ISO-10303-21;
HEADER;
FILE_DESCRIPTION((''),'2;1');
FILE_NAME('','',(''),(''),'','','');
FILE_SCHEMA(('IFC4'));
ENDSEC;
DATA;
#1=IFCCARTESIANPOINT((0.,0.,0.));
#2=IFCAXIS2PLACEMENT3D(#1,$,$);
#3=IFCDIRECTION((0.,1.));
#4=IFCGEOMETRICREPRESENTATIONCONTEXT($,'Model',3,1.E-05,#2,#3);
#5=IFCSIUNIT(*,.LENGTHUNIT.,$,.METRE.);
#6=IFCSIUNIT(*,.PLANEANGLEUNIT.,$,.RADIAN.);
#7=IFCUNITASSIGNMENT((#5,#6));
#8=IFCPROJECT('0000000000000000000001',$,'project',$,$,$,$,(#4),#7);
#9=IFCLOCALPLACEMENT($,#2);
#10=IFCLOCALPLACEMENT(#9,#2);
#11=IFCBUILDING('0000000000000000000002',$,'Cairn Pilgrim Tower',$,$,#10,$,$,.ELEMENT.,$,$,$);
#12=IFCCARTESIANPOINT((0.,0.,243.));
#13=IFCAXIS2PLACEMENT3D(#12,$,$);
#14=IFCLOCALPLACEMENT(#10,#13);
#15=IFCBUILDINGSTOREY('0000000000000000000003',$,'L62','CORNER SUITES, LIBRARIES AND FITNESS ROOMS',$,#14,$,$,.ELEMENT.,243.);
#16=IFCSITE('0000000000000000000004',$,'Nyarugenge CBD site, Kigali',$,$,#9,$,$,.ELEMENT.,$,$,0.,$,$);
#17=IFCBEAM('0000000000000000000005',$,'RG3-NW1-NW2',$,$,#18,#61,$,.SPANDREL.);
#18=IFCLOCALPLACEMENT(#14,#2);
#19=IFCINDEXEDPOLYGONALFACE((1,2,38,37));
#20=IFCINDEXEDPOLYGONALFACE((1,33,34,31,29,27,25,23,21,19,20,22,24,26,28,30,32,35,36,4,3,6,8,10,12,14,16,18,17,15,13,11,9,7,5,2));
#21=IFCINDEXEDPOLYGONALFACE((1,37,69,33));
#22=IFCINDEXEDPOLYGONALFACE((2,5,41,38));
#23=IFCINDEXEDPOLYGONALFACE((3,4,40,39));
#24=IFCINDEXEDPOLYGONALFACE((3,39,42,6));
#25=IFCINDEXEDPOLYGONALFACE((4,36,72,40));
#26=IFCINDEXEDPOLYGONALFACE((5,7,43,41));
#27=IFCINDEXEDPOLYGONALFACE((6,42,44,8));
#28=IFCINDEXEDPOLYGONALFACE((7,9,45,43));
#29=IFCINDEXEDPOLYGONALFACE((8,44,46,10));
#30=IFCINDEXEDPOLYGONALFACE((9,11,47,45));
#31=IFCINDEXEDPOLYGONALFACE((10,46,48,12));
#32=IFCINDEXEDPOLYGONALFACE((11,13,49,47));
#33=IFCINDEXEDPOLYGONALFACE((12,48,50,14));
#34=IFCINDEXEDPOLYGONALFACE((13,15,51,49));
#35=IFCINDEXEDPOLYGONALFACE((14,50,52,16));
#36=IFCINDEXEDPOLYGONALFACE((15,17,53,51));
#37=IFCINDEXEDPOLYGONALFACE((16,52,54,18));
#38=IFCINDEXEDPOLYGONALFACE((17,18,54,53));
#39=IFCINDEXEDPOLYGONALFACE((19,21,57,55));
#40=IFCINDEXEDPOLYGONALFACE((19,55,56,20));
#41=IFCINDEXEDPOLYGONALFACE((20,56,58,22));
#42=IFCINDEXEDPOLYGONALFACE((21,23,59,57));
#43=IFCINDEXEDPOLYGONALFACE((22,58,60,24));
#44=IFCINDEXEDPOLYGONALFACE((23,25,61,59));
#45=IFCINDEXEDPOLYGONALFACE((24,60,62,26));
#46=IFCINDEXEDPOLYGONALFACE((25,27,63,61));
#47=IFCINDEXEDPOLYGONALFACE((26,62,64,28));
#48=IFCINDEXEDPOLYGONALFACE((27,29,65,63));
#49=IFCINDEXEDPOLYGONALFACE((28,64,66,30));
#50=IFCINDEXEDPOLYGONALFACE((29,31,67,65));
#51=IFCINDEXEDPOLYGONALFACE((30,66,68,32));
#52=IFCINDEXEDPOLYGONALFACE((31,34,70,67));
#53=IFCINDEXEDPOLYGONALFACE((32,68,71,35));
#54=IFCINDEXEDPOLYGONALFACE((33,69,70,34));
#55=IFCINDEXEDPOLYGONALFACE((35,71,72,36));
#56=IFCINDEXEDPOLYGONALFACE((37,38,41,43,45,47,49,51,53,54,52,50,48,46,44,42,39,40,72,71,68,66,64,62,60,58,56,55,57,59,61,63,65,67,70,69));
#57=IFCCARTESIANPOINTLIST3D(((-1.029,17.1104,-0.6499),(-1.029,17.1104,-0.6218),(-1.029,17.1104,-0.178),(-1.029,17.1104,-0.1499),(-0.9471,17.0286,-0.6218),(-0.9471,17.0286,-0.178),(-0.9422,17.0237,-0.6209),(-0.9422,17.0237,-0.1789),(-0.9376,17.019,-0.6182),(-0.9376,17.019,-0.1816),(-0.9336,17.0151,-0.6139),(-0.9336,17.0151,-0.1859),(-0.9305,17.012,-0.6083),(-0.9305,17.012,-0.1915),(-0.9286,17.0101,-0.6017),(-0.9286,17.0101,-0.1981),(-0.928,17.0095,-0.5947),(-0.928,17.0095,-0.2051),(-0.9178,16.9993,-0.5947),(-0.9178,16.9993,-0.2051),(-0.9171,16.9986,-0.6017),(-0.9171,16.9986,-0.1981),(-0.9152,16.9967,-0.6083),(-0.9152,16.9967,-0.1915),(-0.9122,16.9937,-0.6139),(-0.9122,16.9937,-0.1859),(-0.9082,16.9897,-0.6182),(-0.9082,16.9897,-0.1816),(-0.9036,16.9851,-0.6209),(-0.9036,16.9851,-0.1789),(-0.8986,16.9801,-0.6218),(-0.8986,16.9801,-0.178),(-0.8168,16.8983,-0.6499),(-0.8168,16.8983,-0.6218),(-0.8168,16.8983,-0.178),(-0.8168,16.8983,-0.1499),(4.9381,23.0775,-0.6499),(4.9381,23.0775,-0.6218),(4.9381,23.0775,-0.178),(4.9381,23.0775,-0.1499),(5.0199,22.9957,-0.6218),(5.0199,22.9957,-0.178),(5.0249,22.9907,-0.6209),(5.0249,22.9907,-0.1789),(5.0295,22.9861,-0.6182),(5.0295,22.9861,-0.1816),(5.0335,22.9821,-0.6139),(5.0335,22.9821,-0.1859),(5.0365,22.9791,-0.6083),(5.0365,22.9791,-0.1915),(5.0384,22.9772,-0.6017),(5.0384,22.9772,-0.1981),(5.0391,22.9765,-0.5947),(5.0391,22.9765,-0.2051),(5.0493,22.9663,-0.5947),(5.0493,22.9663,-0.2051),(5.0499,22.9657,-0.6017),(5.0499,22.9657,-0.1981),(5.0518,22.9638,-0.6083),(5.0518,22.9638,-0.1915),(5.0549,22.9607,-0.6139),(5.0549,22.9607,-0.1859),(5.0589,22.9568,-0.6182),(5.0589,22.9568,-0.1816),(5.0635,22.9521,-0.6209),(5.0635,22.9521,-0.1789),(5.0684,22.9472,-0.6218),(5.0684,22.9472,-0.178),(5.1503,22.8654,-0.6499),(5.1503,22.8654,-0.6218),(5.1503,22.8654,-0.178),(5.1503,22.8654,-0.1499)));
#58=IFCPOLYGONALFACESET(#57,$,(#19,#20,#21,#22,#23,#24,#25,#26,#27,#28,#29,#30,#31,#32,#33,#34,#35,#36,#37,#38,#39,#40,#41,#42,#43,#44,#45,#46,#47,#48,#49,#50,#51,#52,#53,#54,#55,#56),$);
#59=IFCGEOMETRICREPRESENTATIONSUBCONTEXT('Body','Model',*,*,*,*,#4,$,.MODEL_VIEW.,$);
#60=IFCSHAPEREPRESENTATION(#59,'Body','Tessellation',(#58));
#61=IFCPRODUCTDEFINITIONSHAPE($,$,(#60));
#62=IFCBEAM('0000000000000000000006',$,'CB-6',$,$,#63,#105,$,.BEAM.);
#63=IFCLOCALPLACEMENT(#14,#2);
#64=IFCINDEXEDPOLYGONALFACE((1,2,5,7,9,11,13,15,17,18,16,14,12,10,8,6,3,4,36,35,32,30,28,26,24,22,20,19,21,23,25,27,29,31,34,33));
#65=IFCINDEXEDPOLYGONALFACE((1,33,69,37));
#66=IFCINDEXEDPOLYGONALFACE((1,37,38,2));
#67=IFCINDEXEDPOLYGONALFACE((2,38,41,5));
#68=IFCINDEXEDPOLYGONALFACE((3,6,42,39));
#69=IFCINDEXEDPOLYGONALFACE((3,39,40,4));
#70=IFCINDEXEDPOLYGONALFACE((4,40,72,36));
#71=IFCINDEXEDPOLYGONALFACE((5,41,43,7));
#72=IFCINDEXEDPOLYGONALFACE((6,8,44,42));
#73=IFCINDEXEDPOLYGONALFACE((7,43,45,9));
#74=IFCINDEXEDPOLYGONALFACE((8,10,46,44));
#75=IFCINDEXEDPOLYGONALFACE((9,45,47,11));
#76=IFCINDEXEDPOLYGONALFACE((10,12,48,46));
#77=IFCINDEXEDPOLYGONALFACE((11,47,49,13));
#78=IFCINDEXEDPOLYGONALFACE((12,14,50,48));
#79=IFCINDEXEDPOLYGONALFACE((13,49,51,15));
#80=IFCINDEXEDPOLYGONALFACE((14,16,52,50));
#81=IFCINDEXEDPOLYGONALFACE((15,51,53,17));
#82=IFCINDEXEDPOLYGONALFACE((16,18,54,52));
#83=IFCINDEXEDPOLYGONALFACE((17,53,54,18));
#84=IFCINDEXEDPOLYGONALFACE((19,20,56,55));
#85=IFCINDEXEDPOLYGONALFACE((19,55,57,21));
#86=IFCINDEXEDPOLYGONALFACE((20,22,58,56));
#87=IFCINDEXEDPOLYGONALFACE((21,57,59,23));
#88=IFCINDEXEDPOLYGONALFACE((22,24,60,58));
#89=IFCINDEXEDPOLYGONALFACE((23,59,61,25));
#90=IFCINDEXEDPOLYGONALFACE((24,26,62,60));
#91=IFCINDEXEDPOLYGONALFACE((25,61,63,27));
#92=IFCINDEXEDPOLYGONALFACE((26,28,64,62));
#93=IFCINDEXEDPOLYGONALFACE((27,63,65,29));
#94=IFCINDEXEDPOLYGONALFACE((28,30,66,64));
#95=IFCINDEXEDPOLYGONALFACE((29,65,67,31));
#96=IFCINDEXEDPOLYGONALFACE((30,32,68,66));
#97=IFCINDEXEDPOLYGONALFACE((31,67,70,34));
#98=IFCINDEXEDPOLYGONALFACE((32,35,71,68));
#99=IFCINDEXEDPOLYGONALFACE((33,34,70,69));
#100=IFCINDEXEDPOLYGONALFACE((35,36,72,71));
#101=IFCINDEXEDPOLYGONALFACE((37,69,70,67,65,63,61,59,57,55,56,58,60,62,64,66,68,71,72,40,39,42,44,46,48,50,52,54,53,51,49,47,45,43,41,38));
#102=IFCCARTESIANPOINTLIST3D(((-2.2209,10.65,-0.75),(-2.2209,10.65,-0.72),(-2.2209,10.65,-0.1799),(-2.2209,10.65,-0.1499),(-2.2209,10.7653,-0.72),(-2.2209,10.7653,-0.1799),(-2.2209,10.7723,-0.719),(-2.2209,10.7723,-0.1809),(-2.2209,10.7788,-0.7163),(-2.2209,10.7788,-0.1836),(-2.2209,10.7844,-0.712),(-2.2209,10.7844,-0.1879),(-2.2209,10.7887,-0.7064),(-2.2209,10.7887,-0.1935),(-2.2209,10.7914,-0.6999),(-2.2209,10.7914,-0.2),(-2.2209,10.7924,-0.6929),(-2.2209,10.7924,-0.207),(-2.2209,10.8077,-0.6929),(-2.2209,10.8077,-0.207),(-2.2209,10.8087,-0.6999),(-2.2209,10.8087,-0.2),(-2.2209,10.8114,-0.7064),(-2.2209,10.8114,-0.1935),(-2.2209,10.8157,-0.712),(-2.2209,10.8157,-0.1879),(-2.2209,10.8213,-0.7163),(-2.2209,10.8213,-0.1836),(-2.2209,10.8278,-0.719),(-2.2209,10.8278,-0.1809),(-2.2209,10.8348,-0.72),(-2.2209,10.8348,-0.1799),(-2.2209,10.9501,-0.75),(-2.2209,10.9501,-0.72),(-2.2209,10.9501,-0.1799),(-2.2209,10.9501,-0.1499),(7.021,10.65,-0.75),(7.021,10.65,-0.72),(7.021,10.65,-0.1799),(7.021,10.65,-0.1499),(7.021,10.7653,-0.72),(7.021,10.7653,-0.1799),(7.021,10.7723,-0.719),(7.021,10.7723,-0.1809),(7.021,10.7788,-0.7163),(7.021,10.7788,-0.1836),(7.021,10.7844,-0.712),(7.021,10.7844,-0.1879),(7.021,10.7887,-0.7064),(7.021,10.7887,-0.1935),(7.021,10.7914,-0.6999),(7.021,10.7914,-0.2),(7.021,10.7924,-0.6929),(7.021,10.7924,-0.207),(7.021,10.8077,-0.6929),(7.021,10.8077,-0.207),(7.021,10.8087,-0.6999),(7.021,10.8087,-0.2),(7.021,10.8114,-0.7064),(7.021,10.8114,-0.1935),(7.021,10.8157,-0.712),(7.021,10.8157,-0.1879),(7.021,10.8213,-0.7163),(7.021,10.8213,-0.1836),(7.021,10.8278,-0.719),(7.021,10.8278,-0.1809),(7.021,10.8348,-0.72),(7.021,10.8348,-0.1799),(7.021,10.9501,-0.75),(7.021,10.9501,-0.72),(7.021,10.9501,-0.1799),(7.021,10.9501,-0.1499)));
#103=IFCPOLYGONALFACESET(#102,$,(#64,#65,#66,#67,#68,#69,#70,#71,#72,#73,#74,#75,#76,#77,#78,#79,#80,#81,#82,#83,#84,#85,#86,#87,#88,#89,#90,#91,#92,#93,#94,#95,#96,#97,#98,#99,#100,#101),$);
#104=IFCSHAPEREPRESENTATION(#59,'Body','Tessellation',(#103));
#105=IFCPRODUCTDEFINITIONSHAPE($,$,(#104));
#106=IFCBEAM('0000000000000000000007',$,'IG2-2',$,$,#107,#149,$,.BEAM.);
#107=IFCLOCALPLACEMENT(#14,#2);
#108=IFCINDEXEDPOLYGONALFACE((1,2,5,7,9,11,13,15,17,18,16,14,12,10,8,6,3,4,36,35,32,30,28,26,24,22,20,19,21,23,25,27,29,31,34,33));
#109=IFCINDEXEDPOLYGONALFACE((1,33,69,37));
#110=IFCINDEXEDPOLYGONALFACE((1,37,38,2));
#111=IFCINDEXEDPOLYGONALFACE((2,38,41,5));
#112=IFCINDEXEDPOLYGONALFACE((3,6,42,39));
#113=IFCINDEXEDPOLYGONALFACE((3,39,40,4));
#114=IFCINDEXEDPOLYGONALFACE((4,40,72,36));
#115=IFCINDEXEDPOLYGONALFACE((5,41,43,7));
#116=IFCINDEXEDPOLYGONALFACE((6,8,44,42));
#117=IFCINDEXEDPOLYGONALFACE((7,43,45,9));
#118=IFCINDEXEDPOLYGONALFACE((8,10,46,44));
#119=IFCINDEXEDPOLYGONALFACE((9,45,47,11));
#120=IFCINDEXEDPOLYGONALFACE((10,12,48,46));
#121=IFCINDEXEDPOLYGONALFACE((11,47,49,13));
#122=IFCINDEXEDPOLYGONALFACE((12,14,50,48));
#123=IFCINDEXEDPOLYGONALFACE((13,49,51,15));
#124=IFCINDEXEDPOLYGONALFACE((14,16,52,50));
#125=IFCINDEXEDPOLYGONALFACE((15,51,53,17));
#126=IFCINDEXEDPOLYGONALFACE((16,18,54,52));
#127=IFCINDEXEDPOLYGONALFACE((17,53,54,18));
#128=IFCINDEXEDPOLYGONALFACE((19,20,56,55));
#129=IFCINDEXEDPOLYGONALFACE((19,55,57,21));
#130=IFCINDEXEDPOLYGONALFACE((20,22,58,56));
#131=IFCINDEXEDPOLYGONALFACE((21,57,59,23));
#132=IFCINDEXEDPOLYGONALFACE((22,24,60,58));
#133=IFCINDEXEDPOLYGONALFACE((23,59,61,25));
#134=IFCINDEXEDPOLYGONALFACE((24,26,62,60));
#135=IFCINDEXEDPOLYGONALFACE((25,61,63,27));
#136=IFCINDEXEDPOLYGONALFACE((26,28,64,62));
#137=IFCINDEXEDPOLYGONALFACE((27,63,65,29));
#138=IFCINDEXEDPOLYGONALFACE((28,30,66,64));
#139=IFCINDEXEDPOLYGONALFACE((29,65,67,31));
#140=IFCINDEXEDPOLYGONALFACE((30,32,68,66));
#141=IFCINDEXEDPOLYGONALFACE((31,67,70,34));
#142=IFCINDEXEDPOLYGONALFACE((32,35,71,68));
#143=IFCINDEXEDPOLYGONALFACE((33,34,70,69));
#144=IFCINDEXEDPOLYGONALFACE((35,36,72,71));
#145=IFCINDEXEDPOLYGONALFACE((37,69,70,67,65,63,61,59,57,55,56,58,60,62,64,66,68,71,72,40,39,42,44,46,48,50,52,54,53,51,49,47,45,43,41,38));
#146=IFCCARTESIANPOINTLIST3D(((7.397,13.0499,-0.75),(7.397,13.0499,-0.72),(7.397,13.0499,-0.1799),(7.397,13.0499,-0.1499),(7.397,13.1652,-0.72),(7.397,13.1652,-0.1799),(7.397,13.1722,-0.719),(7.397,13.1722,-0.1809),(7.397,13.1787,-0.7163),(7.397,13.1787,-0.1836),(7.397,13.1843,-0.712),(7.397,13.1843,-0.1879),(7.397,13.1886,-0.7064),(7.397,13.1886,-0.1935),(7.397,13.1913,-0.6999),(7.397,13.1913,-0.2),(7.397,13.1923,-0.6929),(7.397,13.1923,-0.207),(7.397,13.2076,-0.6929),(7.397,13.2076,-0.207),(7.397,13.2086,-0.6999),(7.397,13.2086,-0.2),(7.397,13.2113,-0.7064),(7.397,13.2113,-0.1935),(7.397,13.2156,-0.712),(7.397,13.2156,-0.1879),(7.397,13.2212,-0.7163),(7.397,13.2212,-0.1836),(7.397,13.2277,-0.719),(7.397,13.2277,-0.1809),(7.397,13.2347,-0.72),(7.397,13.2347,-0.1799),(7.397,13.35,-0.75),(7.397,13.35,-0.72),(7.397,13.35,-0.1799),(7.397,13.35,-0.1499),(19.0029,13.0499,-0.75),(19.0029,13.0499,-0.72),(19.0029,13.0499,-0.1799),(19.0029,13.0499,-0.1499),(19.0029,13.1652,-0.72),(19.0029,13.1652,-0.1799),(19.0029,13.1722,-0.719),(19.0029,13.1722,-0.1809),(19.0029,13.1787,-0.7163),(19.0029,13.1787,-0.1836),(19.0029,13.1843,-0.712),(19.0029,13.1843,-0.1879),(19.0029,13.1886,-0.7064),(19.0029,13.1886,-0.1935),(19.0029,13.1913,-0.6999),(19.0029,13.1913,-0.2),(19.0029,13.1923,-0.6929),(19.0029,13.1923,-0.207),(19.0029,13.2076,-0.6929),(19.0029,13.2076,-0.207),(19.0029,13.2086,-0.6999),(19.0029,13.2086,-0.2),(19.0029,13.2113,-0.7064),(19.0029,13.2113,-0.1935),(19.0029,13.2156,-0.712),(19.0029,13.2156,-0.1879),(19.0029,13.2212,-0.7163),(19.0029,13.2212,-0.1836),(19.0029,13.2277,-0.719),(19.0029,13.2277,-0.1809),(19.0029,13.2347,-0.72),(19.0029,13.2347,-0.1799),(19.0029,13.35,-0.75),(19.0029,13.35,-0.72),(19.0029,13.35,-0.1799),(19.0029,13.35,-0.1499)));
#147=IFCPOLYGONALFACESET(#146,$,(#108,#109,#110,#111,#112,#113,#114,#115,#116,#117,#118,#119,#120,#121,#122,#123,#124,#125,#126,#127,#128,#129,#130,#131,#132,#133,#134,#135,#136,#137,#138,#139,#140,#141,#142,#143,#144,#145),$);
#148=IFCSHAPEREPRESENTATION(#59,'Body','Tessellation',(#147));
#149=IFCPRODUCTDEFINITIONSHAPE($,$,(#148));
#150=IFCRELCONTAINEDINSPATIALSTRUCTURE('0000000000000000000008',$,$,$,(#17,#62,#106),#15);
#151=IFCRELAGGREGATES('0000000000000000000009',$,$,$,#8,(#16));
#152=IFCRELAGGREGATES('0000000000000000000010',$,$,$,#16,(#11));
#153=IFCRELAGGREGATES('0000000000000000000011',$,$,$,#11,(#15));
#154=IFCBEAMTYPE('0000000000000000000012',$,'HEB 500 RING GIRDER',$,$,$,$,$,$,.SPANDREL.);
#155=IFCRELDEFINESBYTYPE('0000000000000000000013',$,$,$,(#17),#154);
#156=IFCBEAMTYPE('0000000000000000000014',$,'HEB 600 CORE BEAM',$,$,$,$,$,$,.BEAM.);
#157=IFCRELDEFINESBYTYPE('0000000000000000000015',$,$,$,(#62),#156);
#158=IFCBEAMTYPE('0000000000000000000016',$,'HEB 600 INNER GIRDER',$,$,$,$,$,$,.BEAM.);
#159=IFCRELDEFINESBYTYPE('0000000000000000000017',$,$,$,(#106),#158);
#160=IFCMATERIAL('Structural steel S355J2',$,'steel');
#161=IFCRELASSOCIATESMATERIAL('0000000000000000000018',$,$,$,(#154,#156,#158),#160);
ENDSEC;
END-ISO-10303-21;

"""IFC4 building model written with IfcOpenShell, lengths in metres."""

from ifc_helpers import new_model, si_unit, direction, frame, origin, origin_2d, place, context, subcontext, project, spatial, i_section, extrude, material, material_profile, profile_set, type_object, element, save


model = new_model("IFC4")

# Units and contexts
model_context = context("Model", 3, precision=1e-05, world=origin(), true_north=direction((0.0, 1.0)))
body_context = subcontext(model_context, "Body", "Model", "MODEL_VIEW")
ifc_project = project(units=[si_unit("LENGTHUNIT", "METRE"), si_unit("PLANEANGLEUNIT", "RADIAN")], contexts=[model_context])

# Site, building, storey
site_placement = place(None, origin())
site = spatial("IfcSite", under=ifc_project, at=site_placement, Name="Nyarugenge CBD site, Kigali", CompositionType="ELEMENT", RefElevation=0.0)
building_placement = place(site_placement, origin())
building = spatial("IfcBuilding", under=site, at=building_placement, Name="Cairn Pilgrim Tower", CompositionType="ELEMENT")
storey_placement = place(building_placement, frame((0.0, 0.0, 243.0)))
storey = spatial("IfcBuildingStorey", under=building, at=storey_placement, Name="L62", Description="CORNER SUITES, LIBRARIES AND FITNESS ROOMS", CompositionType="ELEMENT", Elevation=243.0)

# Shared definitions
ifc_material_1 = material(Name="Structural steel S355J2", Category="steel")

# Beams
ifc_material_profile_1 = material_profile(ifc_material_1, i_section(OverallWidth=0.3, OverallDepth=0.5, WebThickness=0.0144, FlangeThickness=0.0281, FilletRadius=0.0271, at=origin_2d()), Name="HEB 500")
ifc_profile_set_1 = profile_set([ifc_material_profile_1], Name="Structural steel S355J2")
beam_type_1 = type_object("IfcBeamType", Name="HEB 500 RING GIRDER", PredefinedType="SPANDREL", material=ifc_profile_set_1)
beam_1_placement = place(storey_placement, frame((5.0442, 22.9714, -0.3999), z_axis=(-0.707107, -0.707107, 0.0), x_axis=(0.707107, -0.707107, 0.0)))
element("IfcBeam", 1, at=beam_1_placement, inside=storey, type_object=beam_type_1, Name="RG3-NW1-NW2", PredefinedType="SPANDREL", context=body_context, shape_type="SweptSolid", body=[
    extrude(i_section(OverallWidth=0.3, OverallDepth=0.5, WebThickness=0.0144, FlangeThickness=0.0281, FilletRadius=0.0271, at=origin_2d()), origin(), (0.0, 0.0, 1.0), 8.4387),
])
ifc_material_profile_2 = material_profile(ifc_material_1, i_section(OverallWidth=0.3, OverallDepth=0.6001, WebThickness=0.0154, FlangeThickness=0.03, FilletRadius=0.0271, at=origin_2d()), Name="HEB 600")
ifc_profile_set_2 = profile_set([ifc_material_profile_2], Name="Structural steel S355J2")
beam_type_2 = type_object("IfcBeamType", Name="HEB 600 CORE BEAM", PredefinedType="BEAM", material=ifc_profile_set_2)
beam_2_placement = place(storey_placement, frame((7.021, 10.8, -0.45), z_axis=(-1.0, 0.0, 0.0), x_axis=(0.0, -1.0, 0.0)))
element("IfcBeam", 2, at=beam_2_placement, inside=storey, type_object=beam_type_2, Name="CB-6", PredefinedType="BEAM", context=body_context, shape_type="SweptSolid", body=[
    extrude(i_section(OverallWidth=0.3, OverallDepth=0.6001, WebThickness=0.0154, FlangeThickness=0.03, FilletRadius=0.0271, at=origin_2d()), origin(), (0.0, 0.0, 1.0), 9.2419),
])
ifc_material_profile_3 = material_profile(ifc_material_1, i_section(OverallWidth=0.3, OverallDepth=0.6001, WebThickness=0.0154, FlangeThickness=0.03, FilletRadius=0.0271, at=origin_2d()), Name="HEB 600")
ifc_profile_set_3 = profile_set([ifc_material_profile_3], Name="Structural steel S355J2")
beam_type_3 = type_object("IfcBeamType", Name="HEB 600 INNER GIRDER", PredefinedType="BEAM", material=ifc_profile_set_3)
beam_3_placement = place(storey_placement, frame((7.397, 13.2, -0.45), z_axis=(1.0, 0.0, 0.0), x_axis=(0.0, 1.0, 0.0)))
element("IfcBeam", 3, at=beam_3_placement, inside=storey, type_object=beam_type_3, Name="IG2-2", PredefinedType="BEAM", context=body_context, shape_type="SweptSolid", body=[
    extrude(i_section(OverallWidth=0.3, OverallDepth=0.6001, WebThickness=0.0154, FlangeThickness=0.03, FilletRadius=0.0271, at=origin_2d()), origin(), (0.0, 0.0, 1.0), 11.606),
])

save(model, "model.ifc")
